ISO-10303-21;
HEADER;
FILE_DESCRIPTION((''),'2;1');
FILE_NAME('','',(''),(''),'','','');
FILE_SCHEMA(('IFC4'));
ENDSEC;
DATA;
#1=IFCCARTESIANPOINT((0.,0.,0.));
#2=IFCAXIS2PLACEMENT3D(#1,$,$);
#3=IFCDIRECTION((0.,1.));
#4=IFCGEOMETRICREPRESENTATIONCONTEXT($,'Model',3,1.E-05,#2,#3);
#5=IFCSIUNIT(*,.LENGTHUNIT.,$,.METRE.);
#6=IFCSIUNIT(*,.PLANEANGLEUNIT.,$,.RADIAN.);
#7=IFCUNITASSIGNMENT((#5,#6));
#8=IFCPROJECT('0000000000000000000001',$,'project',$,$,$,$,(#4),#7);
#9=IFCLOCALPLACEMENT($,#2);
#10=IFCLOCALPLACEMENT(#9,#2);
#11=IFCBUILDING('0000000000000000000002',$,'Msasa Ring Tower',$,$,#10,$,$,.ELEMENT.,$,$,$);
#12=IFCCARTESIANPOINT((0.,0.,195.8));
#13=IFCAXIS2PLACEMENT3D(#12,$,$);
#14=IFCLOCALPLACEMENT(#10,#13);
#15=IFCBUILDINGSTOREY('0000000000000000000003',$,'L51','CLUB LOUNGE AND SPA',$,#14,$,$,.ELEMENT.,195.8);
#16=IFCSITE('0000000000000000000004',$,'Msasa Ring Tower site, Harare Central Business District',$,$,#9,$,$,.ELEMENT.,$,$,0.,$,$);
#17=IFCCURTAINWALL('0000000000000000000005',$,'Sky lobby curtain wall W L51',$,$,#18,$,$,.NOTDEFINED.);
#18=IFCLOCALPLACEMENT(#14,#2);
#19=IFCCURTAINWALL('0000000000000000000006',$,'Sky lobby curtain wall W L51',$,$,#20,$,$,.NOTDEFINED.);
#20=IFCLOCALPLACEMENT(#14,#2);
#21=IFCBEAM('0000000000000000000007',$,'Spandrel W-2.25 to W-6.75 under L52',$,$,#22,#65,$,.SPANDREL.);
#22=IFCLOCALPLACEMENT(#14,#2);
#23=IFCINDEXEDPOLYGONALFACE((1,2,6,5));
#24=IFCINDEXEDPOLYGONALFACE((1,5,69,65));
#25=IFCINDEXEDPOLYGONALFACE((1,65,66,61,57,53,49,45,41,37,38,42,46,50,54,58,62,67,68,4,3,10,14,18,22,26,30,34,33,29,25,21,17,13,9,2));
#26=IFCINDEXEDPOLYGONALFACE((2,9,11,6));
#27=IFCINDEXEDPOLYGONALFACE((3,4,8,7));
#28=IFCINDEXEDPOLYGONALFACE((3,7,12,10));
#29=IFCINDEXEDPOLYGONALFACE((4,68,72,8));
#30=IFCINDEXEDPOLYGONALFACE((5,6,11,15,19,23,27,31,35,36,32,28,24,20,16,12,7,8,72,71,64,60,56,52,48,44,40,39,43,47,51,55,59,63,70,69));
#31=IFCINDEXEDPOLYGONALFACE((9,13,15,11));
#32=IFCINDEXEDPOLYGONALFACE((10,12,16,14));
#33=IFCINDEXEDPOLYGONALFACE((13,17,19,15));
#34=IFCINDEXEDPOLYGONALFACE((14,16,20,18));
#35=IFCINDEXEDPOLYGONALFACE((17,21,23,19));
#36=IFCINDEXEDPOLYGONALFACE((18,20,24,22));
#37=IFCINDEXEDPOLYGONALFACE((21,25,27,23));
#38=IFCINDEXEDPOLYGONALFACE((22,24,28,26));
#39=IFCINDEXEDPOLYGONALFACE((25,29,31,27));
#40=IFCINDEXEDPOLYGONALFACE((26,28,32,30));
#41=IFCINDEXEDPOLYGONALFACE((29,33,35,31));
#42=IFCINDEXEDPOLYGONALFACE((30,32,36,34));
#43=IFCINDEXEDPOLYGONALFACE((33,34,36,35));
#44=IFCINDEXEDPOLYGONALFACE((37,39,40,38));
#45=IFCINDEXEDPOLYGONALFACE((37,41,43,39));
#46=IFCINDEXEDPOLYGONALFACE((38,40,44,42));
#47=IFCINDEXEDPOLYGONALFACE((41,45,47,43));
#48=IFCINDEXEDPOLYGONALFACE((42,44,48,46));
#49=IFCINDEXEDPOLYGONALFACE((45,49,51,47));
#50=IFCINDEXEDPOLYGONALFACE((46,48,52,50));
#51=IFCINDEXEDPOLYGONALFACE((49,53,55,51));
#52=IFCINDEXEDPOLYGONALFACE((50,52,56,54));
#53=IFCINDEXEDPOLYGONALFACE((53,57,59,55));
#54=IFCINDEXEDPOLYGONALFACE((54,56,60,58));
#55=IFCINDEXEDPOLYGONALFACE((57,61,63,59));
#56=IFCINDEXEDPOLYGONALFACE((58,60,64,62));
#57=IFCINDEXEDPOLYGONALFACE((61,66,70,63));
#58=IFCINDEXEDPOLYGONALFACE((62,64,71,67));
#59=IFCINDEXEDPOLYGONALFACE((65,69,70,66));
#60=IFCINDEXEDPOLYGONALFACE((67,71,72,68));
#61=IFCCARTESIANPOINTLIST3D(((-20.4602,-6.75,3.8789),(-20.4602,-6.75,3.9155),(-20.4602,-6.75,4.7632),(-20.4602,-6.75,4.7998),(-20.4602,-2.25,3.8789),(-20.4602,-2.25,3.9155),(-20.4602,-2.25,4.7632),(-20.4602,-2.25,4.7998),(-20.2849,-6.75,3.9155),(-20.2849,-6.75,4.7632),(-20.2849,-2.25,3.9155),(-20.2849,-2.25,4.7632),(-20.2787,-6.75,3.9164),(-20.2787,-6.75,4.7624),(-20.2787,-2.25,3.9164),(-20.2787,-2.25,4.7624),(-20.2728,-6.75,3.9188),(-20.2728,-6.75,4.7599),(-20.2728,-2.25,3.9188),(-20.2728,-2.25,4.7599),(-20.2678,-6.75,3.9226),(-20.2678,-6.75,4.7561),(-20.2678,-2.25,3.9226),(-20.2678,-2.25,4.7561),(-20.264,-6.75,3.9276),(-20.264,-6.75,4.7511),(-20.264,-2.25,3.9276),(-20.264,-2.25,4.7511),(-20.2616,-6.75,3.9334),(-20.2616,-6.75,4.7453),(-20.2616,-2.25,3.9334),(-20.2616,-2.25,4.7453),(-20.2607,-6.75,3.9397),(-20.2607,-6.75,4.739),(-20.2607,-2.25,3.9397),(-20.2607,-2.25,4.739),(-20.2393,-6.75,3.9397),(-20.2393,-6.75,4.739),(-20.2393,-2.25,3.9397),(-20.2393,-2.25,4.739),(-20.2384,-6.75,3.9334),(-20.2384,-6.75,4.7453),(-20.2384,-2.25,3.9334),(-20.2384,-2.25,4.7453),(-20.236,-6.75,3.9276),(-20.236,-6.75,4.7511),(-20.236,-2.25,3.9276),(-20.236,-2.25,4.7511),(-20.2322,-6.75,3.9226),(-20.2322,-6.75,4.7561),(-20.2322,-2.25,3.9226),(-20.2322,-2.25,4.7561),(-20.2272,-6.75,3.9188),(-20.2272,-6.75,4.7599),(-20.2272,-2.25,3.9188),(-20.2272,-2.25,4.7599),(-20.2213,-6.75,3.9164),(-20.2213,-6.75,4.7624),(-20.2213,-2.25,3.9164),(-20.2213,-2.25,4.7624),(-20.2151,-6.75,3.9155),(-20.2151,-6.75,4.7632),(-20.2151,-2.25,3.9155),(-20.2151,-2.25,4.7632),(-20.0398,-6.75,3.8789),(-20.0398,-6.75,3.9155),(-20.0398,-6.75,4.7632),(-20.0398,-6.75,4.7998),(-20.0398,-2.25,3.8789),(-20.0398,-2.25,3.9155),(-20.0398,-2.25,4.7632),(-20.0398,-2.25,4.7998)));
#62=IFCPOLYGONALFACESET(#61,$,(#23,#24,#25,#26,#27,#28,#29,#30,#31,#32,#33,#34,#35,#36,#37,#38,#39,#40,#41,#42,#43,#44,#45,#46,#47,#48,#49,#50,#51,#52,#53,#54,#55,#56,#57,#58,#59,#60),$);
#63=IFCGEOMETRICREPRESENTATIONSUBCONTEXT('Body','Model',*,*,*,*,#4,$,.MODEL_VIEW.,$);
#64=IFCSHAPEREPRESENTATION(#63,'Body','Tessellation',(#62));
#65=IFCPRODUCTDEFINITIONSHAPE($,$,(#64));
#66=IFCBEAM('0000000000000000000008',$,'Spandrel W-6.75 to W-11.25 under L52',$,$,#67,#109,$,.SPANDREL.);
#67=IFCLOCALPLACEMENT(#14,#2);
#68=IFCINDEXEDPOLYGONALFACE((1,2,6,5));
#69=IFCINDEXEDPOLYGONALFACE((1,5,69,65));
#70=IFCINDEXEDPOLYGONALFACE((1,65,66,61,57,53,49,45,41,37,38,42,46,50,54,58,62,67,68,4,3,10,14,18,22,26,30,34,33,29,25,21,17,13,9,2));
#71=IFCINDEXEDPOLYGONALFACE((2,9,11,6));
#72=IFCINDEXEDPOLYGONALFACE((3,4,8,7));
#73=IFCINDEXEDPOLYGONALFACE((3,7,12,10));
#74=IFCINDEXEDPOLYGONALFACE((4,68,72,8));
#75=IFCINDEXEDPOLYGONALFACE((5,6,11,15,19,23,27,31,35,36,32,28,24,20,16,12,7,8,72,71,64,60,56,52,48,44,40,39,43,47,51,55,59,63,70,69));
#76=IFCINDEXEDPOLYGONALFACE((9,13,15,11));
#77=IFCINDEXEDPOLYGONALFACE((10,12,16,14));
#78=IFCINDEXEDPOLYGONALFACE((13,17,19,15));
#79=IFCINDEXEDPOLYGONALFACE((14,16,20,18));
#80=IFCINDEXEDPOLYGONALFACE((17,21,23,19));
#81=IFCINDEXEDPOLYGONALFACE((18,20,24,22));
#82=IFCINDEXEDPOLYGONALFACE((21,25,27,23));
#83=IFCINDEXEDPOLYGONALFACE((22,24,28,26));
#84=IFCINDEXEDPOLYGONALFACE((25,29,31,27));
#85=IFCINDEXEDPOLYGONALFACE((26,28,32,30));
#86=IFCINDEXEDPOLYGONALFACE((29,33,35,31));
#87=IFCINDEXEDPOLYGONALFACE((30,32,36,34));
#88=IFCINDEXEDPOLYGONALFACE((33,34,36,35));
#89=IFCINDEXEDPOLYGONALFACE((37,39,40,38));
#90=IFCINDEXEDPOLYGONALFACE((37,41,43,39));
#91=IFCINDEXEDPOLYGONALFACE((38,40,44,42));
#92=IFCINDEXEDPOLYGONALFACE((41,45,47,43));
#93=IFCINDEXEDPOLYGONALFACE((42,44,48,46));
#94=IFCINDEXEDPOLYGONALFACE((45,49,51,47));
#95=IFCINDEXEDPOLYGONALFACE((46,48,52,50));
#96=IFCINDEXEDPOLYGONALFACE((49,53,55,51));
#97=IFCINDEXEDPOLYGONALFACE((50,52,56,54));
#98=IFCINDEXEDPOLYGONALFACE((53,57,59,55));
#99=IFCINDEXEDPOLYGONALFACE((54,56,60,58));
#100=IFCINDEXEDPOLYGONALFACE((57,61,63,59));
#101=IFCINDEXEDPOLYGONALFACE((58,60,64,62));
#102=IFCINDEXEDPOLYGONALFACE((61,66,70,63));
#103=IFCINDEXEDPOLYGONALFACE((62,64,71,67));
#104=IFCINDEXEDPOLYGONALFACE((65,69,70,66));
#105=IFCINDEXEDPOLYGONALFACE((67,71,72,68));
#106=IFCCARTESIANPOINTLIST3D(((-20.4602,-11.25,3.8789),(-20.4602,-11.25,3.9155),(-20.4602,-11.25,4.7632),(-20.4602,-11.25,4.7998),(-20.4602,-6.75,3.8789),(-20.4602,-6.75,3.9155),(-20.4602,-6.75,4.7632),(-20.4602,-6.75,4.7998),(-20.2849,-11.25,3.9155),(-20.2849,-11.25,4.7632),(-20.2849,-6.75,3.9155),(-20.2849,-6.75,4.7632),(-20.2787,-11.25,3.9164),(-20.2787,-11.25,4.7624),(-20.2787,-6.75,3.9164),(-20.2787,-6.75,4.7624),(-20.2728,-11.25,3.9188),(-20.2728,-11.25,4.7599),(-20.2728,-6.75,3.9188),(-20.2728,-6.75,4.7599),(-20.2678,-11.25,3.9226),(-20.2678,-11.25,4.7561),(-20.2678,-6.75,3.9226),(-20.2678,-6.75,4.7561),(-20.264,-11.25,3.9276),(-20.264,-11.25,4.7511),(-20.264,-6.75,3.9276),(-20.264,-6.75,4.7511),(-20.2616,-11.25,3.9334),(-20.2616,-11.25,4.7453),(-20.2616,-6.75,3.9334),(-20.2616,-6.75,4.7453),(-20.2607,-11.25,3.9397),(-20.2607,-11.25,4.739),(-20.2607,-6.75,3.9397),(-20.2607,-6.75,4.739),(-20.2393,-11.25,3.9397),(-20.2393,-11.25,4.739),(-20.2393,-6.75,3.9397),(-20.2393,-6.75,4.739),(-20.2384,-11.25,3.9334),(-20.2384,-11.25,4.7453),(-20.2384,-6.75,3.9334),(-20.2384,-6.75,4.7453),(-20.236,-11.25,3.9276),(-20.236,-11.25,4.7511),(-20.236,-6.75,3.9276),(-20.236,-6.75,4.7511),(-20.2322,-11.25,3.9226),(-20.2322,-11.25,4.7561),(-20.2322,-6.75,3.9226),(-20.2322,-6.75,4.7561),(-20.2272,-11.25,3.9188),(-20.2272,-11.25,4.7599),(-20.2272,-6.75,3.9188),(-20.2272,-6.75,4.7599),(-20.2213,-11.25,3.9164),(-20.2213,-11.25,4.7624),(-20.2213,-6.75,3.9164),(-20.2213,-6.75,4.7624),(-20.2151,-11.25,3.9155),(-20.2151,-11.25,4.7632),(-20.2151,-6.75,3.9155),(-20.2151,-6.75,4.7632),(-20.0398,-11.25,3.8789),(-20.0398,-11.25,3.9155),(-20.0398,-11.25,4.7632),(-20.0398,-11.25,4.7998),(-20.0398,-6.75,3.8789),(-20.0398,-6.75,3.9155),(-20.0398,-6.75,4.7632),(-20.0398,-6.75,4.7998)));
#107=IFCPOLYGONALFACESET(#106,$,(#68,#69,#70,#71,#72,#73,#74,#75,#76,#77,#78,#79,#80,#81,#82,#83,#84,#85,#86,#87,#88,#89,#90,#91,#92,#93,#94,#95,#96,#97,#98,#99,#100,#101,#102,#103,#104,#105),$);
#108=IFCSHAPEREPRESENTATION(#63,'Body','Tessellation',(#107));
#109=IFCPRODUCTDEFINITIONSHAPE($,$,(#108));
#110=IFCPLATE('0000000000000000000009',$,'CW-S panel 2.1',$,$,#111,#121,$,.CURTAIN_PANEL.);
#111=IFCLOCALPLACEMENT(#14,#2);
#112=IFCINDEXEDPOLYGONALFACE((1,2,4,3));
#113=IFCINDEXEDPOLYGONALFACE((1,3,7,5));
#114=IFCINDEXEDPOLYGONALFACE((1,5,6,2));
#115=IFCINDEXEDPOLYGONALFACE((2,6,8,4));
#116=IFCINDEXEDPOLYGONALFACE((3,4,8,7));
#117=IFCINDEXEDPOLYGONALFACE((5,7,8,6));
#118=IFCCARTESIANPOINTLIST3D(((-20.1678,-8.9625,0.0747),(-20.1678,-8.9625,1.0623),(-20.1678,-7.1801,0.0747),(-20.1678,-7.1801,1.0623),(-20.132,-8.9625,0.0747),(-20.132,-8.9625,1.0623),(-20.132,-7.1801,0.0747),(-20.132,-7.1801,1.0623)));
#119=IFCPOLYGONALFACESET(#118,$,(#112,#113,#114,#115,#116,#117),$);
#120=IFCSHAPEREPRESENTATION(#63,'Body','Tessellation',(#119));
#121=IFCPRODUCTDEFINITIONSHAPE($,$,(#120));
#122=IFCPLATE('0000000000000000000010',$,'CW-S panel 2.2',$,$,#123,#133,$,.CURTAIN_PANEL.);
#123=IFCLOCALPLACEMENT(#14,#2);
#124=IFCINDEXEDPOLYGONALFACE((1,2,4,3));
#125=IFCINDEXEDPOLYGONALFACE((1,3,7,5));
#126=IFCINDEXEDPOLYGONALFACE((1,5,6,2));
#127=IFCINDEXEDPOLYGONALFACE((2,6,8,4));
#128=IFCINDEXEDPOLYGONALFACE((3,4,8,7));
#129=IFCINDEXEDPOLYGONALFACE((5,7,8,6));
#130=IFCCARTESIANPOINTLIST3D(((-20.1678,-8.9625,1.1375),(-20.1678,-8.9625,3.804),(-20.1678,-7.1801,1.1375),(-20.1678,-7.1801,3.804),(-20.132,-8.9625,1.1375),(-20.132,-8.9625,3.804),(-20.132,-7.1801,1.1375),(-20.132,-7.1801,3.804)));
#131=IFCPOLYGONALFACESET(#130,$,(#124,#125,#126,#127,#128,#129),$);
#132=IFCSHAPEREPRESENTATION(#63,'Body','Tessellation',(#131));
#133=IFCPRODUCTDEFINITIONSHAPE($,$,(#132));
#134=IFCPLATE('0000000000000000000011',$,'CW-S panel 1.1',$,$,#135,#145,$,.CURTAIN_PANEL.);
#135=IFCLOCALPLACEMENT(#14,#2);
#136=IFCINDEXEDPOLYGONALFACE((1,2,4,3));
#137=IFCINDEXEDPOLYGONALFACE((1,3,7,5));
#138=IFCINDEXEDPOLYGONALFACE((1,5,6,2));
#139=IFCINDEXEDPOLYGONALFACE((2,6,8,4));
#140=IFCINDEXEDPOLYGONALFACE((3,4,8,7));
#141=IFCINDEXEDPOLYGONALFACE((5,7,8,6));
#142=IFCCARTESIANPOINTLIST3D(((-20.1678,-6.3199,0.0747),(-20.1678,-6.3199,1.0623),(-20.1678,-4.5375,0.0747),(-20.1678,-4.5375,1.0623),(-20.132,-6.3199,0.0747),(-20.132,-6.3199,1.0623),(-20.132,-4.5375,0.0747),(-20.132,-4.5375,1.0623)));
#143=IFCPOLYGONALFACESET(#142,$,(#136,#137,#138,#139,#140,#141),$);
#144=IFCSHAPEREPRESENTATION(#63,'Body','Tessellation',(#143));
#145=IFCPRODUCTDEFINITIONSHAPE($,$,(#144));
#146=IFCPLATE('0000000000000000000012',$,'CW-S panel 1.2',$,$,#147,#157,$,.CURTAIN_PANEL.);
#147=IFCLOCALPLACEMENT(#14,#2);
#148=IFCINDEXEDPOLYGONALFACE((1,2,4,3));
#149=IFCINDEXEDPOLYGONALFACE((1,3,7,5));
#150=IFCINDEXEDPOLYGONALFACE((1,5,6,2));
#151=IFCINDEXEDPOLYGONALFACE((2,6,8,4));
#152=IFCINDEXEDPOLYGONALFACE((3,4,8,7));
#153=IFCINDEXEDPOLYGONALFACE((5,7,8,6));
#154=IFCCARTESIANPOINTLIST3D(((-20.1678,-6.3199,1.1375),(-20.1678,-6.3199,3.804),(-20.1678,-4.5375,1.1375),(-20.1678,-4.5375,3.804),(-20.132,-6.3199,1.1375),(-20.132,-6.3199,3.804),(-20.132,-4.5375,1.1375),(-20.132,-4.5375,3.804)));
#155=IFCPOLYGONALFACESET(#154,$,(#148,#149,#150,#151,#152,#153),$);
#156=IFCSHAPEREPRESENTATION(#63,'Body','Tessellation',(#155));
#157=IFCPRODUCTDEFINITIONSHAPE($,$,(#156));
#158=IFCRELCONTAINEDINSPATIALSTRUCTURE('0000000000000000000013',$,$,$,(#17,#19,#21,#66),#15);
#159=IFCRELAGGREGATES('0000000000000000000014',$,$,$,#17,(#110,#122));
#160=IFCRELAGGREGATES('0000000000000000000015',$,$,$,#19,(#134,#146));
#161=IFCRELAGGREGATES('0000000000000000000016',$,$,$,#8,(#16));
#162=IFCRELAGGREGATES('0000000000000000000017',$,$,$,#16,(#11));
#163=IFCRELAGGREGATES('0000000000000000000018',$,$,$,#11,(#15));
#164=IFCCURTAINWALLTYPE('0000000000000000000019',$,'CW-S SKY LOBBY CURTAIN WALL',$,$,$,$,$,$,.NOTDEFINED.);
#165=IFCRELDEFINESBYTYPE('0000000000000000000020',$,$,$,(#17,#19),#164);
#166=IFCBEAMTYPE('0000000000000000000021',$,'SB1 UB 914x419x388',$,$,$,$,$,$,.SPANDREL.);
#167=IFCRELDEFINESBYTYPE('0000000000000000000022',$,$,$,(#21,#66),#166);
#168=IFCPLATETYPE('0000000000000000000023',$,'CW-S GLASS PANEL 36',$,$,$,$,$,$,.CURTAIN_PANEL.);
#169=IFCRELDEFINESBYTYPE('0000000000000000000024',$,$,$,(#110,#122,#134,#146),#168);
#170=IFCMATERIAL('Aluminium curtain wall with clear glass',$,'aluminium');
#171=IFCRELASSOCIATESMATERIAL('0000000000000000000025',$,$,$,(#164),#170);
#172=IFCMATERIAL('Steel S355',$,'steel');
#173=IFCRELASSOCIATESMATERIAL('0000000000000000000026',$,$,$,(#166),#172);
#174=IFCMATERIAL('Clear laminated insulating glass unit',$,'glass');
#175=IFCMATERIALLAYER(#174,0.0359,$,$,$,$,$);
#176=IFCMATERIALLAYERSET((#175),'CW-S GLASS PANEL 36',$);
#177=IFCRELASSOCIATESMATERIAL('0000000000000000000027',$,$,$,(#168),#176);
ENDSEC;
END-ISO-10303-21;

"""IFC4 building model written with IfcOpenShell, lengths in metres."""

from ifc_helpers import new_model, si_unit, direction, frame, origin, origin_2d, place, context, subcontext, project, spatial, rectangle, i_section, extrude, material, layer, layer_set, material_profile, profile_set, type_object, element, aggregate, save


model = new_model("IFC4")

# Units and contexts
model_context = context("Model", 3, precision=1e-05, world=origin(), true_north=direction((0.0, 1.0)))
body_context = subcontext(model_context, "Body", "Model", "MODEL_VIEW")
ifc_project = project(units=[si_unit("LENGTHUNIT", "METRE"), si_unit("PLANEANGLEUNIT", "RADIAN")], contexts=[model_context])

# Site, building, storey
site_placement = place(None, origin())
site = spatial("IfcSite", under=ifc_project, at=site_placement, Name="Msasa Ring Tower site, Harare Central Business District", CompositionType="ELEMENT", RefElevation=0.0)
building_placement = place(site_placement, origin())
building = spatial("IfcBuilding", under=site, at=building_placement, Name="Msasa Ring Tower", CompositionType="ELEMENT")
storey_placement = place(building_placement, frame((0.0, 0.0, 195.8)))
storey = spatial("IfcBuildingStorey", under=building, at=storey_placement, Name="L51", Description="CLUB LOUNGE AND SPA", CompositionType="ELEMENT", Elevation=195.8)

# Curtain wall
ifc_material_1 = material(Name="Aluminium curtain wall with clear glass", Category="aluminium")
curtain_wall_type = type_object("IfcCurtainWallType", Name="CW-S SKY LOBBY CURTAIN WALL", PredefinedType="NOTDEFINED", material=ifc_material_1)
curtain_wall_1_placement = place(storey_placement, origin())
curtain_wall_1 = element("IfcCurtainWall", 1, at=curtain_wall_1_placement, inside=storey, type_object=curtain_wall_type, Name="Sky lobby curtain wall W L51", PredefinedType="NOTDEFINED")

# Curtain wall
curtain_wall_2_placement = place(storey_placement, origin())
curtain_wall_2 = element("IfcCurtainWall", 2, at=curtain_wall_2_placement, inside=storey, type_object=curtain_wall_type, Name="Sky lobby curtain wall W L51", PredefinedType="NOTDEFINED")

# Beams
ifc_material_2 = material(Name="Steel S355", Category="steel")
ifc_material_profile_1 = material_profile(ifc_material_2, i_section(OverallWidth=0.4204, OverallDepth=0.9209, WebThickness=0.0215, FlangeThickness=0.0366, FilletRadius=0.0242, at=origin_2d()), Name="UB 914x419x388")
ifc_profile_set_1 = profile_set([ifc_material_profile_1], Name="Steel S355")
beam_type_1 = type_object("IfcBeamType", Name="SB1 UB 914x419x388", PredefinedType="SPANDREL", material=ifc_profile_set_1)
for number, where, z_axis, x_axis, name in (
    (3, (-20.25, -2.25, 4.3394), (0.0, -1.0, 0.0), (1.0, 0.0, 0.0), "Spandrel W-2.25 to W-6.75 under L52"),
    (4, (-20.25, -6.75, 4.3394), (0.0, -1.0, 0.0), (1.0, 0.0, 0.0), "Spandrel W-6.75 to W-11.25 under L52"),
):
    element("IfcBeam", number, at=place(storey_placement, frame(where, z_axis=z_axis, x_axis=x_axis)), inside=storey, type_object=beam_type_1, Name=name, PredefinedType="SPANDREL", context=body_context, shape_type="SweptSolid", body=[
        extrude(i_section(OverallWidth=0.4204, OverallDepth=0.9209, WebThickness=0.0215, FlangeThickness=0.0366, FilletRadius=0.0242, at=origin_2d()), origin(), (0.0, 0.0, 1.0), 4.5),
    ])

# Plates
ifc_material_3 = material(Name="Clear laminated insulating glass unit", Category="glass")
ifc_layer = layer(ifc_material_3, 0.0359)
ifc_layer_set = layer_set([ifc_layer], Name="CW-S GLASS PANEL 36")
plate_type = type_object("IfcPlateType", Name="CW-S GLASS PANEL 36", PredefinedType="CURTAIN_PANEL", material=ifc_layer_set)
plate_1_placement = place(storey_placement, frame((-20.1499, -8.0713, 0.0747), z_axis=(0.0, 0.0, 1.0), x_axis=(0.0, 1.0, 0.0)))
plate_1 = element("IfcPlate", 5, at=plate_1_placement, type_object=plate_type, Name="CW-S panel 2.1", PredefinedType="CURTAIN_PANEL", context=body_context, shape_type="SweptSolid", body=[
    extrude(rectangle(XDim=1.7825, YDim=0.0359, at=origin_2d()), origin(), (0.0, 0.0, 1.0), 0.9875),
])
plate_2_placement = place(storey_placement, frame((-20.1499, -8.0713, 1.1375), z_axis=(0.0, 0.0, 1.0), x_axis=(0.0, 1.0, 0.0)))
plate_2 = element("IfcPlate", 6, at=plate_2_placement, type_object=plate_type, Name="CW-S panel 2.2", PredefinedType="CURTAIN_PANEL", context=body_context, shape_type="SweptSolid", body=[
    extrude(rectangle(XDim=1.7825, YDim=0.0359, at=origin_2d()), origin(), (0.0, 0.0, 1.0), 2.6665),
])
aggregate(curtain_wall_1, [plate_1, plate_2])
plate_3_placement = place(storey_placement, frame((-20.1499, -5.4287, 0.0747), z_axis=(0.0, 0.0, 1.0), x_axis=(0.0, 1.0, 0.0)))
plate_3 = element("IfcPlate", 7, at=plate_3_placement, type_object=plate_type, Name="CW-S panel 1.1", PredefinedType="CURTAIN_PANEL", context=body_context, shape_type="SweptSolid", body=[
    extrude(rectangle(XDim=1.7825, YDim=0.0359, at=origin_2d()), origin(), (0.0, 0.0, 1.0), 0.9875),
])
plate_4_placement = place(storey_placement, frame((-20.1499, -5.4287, 1.1375), z_axis=(0.0, 0.0, 1.0), x_axis=(0.0, 1.0, 0.0)))
plate_4 = element("IfcPlate", 8, at=plate_4_placement, type_object=plate_type, Name="CW-S panel 1.2", PredefinedType="CURTAIN_PANEL", context=body_context, shape_type="SweptSolid", body=[
    extrude(rectangle(XDim=1.7825, YDim=0.0359, at=origin_2d()), origin(), (0.0, 0.0, 1.0), 2.6665),
])
aggregate(curtain_wall_2, [plate_3, plate_4])

save(model, "model.ifc")
